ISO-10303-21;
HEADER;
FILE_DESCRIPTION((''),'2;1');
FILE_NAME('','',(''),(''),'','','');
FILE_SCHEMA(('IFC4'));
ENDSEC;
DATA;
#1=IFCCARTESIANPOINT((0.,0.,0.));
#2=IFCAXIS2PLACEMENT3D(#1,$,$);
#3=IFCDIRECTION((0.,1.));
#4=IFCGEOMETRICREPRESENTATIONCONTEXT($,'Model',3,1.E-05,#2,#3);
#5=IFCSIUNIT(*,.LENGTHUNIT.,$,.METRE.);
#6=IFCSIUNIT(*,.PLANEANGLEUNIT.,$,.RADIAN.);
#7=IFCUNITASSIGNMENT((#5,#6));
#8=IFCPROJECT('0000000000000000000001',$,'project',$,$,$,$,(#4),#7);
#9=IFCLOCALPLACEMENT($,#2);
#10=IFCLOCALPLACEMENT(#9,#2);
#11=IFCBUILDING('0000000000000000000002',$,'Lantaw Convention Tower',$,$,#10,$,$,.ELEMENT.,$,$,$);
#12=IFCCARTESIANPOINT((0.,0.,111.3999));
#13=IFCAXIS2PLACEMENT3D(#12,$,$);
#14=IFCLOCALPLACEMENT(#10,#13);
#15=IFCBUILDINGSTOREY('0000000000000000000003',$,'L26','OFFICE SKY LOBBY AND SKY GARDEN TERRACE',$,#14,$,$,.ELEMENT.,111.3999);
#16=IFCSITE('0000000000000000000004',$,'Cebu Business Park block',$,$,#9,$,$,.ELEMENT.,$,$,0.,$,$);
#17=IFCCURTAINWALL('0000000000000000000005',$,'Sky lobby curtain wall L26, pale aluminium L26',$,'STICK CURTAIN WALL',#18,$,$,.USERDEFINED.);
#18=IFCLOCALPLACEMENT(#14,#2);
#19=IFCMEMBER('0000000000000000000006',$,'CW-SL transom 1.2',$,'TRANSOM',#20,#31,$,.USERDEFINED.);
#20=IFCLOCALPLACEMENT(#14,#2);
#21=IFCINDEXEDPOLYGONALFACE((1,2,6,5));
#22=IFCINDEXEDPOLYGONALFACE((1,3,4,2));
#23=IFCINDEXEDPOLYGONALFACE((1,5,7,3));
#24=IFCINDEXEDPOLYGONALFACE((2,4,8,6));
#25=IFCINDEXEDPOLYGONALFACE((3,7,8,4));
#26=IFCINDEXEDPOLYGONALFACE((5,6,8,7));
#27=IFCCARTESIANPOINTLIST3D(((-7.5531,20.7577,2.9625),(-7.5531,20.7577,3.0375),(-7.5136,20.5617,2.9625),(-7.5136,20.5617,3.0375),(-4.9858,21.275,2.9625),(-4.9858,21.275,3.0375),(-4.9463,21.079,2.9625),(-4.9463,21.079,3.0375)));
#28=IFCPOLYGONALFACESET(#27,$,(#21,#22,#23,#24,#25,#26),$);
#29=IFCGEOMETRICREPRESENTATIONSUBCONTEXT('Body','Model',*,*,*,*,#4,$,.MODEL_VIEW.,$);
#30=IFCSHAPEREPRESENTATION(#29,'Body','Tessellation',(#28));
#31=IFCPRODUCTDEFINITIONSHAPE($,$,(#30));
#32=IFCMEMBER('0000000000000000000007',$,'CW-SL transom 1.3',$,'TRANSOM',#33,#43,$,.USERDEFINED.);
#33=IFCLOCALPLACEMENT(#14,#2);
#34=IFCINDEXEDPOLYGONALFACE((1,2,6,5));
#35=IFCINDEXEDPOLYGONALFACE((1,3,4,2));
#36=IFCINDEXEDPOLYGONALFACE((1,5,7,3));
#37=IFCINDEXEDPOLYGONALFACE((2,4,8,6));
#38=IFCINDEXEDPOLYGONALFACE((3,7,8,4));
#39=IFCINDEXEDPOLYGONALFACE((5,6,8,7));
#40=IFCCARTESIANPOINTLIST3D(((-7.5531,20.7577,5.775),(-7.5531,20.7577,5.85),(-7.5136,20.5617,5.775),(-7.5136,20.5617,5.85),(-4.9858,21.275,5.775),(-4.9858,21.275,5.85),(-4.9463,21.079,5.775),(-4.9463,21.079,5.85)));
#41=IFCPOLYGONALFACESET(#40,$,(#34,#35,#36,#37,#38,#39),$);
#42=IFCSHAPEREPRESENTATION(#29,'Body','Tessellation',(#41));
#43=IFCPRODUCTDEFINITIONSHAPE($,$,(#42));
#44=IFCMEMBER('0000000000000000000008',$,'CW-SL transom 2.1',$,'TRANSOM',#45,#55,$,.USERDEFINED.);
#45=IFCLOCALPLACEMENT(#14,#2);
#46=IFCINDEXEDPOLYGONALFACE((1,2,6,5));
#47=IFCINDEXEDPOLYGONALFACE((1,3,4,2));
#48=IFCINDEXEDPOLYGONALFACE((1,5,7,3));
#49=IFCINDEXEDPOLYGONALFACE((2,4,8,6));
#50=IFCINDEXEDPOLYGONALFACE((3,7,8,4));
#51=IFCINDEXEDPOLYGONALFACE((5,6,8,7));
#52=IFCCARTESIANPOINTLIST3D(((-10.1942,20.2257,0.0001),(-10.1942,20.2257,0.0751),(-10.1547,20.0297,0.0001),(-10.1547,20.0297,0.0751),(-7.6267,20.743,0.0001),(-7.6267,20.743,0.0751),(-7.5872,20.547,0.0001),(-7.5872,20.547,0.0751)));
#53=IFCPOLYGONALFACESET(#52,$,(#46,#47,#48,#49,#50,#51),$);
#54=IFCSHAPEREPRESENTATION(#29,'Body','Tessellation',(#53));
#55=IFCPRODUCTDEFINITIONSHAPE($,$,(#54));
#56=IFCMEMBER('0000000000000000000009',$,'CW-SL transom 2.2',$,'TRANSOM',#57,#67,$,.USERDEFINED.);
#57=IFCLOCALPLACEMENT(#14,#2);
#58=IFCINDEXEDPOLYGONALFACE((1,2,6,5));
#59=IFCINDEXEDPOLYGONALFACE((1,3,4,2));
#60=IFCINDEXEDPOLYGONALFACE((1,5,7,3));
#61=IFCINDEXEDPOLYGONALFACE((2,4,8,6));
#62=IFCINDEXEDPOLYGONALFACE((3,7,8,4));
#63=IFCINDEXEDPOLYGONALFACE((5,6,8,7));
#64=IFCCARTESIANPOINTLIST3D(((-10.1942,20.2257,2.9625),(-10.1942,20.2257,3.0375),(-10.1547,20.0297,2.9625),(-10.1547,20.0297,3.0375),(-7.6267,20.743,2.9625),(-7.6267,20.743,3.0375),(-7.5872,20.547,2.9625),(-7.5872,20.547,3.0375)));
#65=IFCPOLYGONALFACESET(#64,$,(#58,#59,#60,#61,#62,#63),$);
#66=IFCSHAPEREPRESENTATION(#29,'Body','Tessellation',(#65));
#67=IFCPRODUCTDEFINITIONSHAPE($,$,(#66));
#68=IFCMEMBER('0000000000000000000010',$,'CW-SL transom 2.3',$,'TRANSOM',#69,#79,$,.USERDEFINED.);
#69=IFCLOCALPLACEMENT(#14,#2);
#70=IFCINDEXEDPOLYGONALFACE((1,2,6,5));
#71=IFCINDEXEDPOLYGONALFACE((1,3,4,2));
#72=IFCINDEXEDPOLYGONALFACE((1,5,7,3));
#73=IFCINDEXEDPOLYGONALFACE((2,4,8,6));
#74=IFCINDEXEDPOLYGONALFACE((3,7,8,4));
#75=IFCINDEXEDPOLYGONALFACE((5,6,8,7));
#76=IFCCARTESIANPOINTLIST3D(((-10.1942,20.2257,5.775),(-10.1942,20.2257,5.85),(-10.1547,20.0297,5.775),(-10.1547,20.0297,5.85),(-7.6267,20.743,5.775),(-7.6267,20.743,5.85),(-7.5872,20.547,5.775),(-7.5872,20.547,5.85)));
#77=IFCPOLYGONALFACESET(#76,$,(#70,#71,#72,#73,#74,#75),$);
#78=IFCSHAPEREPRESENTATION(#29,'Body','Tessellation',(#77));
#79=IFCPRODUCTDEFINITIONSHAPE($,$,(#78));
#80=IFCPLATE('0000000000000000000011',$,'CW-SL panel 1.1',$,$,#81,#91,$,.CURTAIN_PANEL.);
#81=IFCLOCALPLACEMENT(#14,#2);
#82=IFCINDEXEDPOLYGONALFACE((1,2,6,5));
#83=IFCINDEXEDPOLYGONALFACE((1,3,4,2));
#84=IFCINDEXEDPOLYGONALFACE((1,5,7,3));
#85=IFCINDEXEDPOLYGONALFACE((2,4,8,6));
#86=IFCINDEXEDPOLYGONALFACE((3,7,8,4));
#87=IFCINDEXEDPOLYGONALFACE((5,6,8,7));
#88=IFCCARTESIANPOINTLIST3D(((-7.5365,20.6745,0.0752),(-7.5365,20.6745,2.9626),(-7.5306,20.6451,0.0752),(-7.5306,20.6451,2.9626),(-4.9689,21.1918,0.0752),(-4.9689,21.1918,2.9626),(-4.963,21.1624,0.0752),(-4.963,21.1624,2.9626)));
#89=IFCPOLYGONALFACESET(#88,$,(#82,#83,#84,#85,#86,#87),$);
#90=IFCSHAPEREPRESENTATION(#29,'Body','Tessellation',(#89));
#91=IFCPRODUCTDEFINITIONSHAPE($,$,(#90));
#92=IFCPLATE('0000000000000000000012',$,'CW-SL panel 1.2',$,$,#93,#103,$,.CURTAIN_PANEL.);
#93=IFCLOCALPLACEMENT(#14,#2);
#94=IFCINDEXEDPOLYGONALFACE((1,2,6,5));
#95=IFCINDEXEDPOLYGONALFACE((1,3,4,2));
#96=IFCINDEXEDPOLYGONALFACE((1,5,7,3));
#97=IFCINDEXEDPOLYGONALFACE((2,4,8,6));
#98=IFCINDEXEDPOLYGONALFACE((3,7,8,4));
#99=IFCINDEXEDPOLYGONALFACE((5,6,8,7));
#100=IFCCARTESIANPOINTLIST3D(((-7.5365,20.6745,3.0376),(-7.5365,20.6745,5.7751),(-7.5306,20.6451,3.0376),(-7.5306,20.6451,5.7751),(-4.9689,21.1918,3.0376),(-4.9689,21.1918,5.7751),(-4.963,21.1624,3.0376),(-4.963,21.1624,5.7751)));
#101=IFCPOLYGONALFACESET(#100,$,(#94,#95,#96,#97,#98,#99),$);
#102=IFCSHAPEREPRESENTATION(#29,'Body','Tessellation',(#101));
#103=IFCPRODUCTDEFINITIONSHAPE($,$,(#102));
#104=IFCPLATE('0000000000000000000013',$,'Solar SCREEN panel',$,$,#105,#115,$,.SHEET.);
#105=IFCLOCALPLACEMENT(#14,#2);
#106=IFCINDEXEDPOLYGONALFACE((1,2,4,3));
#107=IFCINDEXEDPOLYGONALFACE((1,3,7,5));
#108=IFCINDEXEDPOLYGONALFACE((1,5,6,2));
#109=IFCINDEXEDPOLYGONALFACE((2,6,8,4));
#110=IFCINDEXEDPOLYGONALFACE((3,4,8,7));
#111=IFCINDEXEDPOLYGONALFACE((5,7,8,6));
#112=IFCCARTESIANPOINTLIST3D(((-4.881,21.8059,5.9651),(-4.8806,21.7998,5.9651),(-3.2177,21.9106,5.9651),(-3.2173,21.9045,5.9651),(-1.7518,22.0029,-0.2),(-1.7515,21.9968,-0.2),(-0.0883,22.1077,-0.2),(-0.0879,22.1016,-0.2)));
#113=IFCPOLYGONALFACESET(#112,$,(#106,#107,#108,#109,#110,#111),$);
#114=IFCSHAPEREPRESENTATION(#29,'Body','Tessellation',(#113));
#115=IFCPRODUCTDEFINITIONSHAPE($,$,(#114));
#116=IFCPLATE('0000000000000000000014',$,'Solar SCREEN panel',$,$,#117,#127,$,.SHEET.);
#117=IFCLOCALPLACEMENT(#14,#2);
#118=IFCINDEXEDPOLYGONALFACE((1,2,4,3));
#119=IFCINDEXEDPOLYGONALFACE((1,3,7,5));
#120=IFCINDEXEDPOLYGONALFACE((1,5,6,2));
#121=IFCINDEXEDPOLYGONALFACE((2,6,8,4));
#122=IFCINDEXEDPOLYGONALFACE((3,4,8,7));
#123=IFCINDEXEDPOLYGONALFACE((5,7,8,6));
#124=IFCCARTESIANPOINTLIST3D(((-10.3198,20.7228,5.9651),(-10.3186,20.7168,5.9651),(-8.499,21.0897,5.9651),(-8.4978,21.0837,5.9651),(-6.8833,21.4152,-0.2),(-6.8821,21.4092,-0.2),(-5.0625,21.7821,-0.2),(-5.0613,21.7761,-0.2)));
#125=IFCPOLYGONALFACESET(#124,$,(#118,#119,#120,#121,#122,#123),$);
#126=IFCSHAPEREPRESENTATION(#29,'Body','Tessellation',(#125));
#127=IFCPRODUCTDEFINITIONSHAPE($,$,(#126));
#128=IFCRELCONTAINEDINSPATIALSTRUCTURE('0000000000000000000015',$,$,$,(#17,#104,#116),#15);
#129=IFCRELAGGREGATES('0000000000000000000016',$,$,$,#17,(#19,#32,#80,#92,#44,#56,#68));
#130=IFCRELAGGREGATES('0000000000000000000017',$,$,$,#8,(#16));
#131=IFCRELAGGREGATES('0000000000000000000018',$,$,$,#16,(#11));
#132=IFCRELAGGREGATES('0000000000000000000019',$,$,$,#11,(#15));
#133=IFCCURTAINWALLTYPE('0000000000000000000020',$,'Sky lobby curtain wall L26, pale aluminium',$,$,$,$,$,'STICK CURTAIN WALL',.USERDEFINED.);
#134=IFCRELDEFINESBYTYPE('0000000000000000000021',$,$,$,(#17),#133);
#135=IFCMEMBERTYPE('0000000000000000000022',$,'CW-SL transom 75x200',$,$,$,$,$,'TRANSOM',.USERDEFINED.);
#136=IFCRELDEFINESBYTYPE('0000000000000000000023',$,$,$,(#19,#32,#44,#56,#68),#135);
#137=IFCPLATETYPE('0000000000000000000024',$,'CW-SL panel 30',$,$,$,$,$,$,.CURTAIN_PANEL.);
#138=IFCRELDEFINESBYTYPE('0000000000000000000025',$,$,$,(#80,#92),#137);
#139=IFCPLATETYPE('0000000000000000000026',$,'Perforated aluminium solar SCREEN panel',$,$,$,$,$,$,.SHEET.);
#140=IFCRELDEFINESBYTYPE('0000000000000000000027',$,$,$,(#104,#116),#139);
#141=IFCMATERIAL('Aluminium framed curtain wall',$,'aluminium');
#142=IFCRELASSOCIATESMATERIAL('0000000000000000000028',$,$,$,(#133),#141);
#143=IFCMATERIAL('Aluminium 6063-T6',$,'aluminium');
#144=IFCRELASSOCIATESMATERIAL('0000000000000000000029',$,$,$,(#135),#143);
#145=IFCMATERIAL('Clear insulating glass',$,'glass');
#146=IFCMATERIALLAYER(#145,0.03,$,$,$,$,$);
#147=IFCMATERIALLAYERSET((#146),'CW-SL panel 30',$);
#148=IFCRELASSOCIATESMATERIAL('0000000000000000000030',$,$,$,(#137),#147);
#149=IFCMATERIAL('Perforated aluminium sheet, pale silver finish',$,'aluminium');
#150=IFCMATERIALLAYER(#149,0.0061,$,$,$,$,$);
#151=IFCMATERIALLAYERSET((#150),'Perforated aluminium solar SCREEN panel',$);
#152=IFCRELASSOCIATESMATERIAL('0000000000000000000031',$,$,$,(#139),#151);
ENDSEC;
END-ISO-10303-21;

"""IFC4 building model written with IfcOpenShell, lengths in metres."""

from ifc_helpers import new_model, si_unit, direction, frame, origin, origin_2d, place, context, subcontext, project, spatial, polyline, rectangle, outline, extrude, material, layer, layer_set, material_profile, profile_set, type_object, element, aggregate, save


model = new_model("IFC4")

# Units and contexts
model_context = context("Model", 3, precision=1e-05, world=origin(), true_north=direction((0.0, 1.0)))
body_context = subcontext(model_context, "Body", "Model", "MODEL_VIEW")
ifc_project = project(units=[si_unit("LENGTHUNIT", "METRE"), si_unit("PLANEANGLEUNIT", "RADIAN")], contexts=[model_context])

# Site, building, storey
site_placement = place(None, origin())
site = spatial("IfcSite", under=ifc_project, at=site_placement, Name="Cebu Business Park block", CompositionType="ELEMENT", RefElevation=0.0)
building_placement = place(site_placement, origin())
building = spatial("IfcBuilding", under=site, at=building_placement, Name="Lantaw Convention Tower", CompositionType="ELEMENT")
storey_placement = place(building_placement, frame((0.0, 0.0, 111.3999)))
storey = spatial("IfcBuildingStorey", under=building, at=storey_placement, Name="L26", Description="OFFICE SKY LOBBY AND SKY GARDEN TERRACE", CompositionType="ELEMENT", Elevation=111.3999)

# Curtain wall, members, plates
ifc_material_1 = material(Name="Aluminium framed curtain wall", Category="aluminium")
curtain_wall_type = type_object("IfcCurtainWallType", Name="Sky lobby curtain wall L26, pale aluminium", ElementType="STICK CURTAIN WALL", PredefinedType="USERDEFINED", material=ifc_material_1)
curtain_wall_placement = place(storey_placement, origin())
curtain_wall = element("IfcCurtainWall", 1, at=curtain_wall_placement, inside=storey, type_object=curtain_wall_type, Name="Sky lobby curtain wall L26, pale aluminium L26", ObjectType="STICK CURTAIN WALL", PredefinedType="USERDEFINED")
ifc_material_2 = material(Name="Aluminium 6063-T6", Category="aluminium")
ifc_material_profile_1 = material_profile(ifc_material_2, rectangle(XDim=0.2, YDim=0.075, at=origin_2d()), Name="CW-SL transom 75x200")
ifc_profile_set_1 = profile_set([ifc_material_profile_1], Name="Aluminium 6063-T6")
member_type_1 = type_object("IfcMemberType", Name="CW-SL transom 75x200", ElementType="TRANSOM", PredefinedType="USERDEFINED", material=ifc_profile_set_1)
member_1_placement = place(storey_placement, frame((-4.9661, 21.177, 3.0), z_axis=(-0.980296, -0.197532, 0.0), x_axis=(0.197532, -0.980296, 0.0)))
member_1 = element("IfcMember", 2, at=member_1_placement, type_object=member_type_1, Name="CW-SL transom 1.2", ObjectType="TRANSOM", PredefinedType="USERDEFINED", context=body_context, shape_type="SweptSolid", body=[
    extrude(rectangle(XDim=0.2, YDim=0.075, at=origin_2d()), origin(), (0.0, 0.0, 1.0), 2.6189),
])
member_2_placement = place(storey_placement, frame((-4.9661, 21.177, 5.8125), z_axis=(-0.980296, -0.197532, 0.0), x_axis=(0.197532, -0.980296, 0.0)))
member_2 = element("IfcMember", 3, at=member_2_placement, type_object=member_type_1, Name="CW-SL transom 1.3", ObjectType="TRANSOM", PredefinedType="USERDEFINED", context=body_context, shape_type="SweptSolid", body=[
    extrude(rectangle(XDim=0.2, YDim=0.075, at=origin_2d()), origin(), (0.0, 0.0, 1.0), 2.6189),
])
member_3_placement = place(storey_placement, frame((-7.6069, 20.645, 0.0376), z_axis=(-0.9803, -0.197514, 0.0), x_axis=(0.197514, -0.9803, 0.0)))
member_3 = element("IfcMember", 4, at=member_3_placement, type_object=member_type_1, Name="CW-SL transom 2.1", ObjectType="TRANSOM", PredefinedType="USERDEFINED", context=body_context, shape_type="SweptSolid", body=[
    extrude(rectangle(XDim=0.2, YDim=0.075, at=origin_2d()), origin(), (0.0, 0.0, 1.0), 2.6191),
])
member_4_placement = place(storey_placement, frame((-7.6069, 20.645, 3.0), z_axis=(-0.9803, -0.197514, 0.0), x_axis=(0.197514, -0.9803, 0.0)))
member_4 = element("IfcMember", 5, at=member_4_placement, type_object=member_type_1, Name="CW-SL transom 2.2", ObjectType="TRANSOM", PredefinedType="USERDEFINED", context=body_context, shape_type="SweptSolid", body=[
    extrude(rectangle(XDim=0.2, YDim=0.075, at=origin_2d()), origin(), (0.0, 0.0, 1.0), 2.6191),
])
member_5_placement = place(storey_placement, frame((-7.6069, 20.645, 5.8125), z_axis=(-0.9803, -0.197514, 0.0), x_axis=(0.197514, -0.9803, 0.0)))
member_5 = element("IfcMember", 6, at=member_5_placement, type_object=member_type_1, Name="CW-SL transom 2.3", ObjectType="TRANSOM", PredefinedType="USERDEFINED", context=body_context, shape_type="SweptSolid", body=[
    extrude(rectangle(XDim=0.2, YDim=0.075, at=origin_2d()), origin(), (0.0, 0.0, 1.0), 2.6191),
])
ifc_material_3 = material(Name="Clear insulating glass", Category="glass")
ifc_layer_1 = layer(ifc_material_3, 0.03)
ifc_layer_set_1 = layer_set([ifc_layer_1], Name="CW-SL panel 30")
plate_type_1 = type_object("IfcPlateType", Name="CW-SL panel 30", PredefinedType="CURTAIN_PANEL", material=ifc_layer_set_1)
plate_1_placement = place(storey_placement, frame((-6.2498, 20.9185, 0.0752), z_axis=(0.0, 0.0, 1.0), x_axis=(-0.980302, -0.197507, 0.0)))
plate_1 = element("IfcPlate", 7, at=plate_1_placement, type_object=plate_type_1, Name="CW-SL panel 1.1", PredefinedType="CURTAIN_PANEL", context=body_context, shape_type="SweptSolid", body=[
    extrude(rectangle(XDim=2.6191, YDim=0.03, at=origin_2d()), origin(), (0.0, 0.0, 1.0), 2.8875),
])
plate_2_placement = place(storey_placement, frame((-6.2498, 20.9185, 3.0376), z_axis=(0.0, 0.0, 1.0), x_axis=(-0.980302, -0.197507, 0.0)))
plate_2 = element("IfcPlate", 8, at=plate_2_placement, type_object=plate_type_1, Name="CW-SL panel 1.2", PredefinedType="CURTAIN_PANEL", context=body_context, shape_type="SweptSolid", body=[
    extrude(rectangle(XDim=2.6191, YDim=0.03, at=origin_2d()), origin(), (0.0, 0.0, 1.0), 2.7375),
])
aggregate(curtain_wall, [member_1, member_2, plate_1, plate_2, member_3, member_4, member_5])

# Plates
ifc_material_4 = material(Name="Perforated aluminium sheet, pale silver finish", Category="aluminium")
ifc_layer_2 = layer(ifc_material_4, 0.0061)
ifc_layer_set_2 = layer_set([ifc_layer_2], Name="Perforated aluminium solar SCREEN panel")
plate_type_2 = type_object("IfcPlateType", Name="Perforated aluminium solar SCREEN panel", PredefinedType="SHEET", material=ifc_layer_set_2)
plate_3_placement = place(storey_placement, frame((-0.0879, 22.1016, -0.2), z_axis=(0.062839, -0.998024, 0.000001), x_axis=(-0.998024, -0.062839, 0.0)))
element("IfcPlate", 9, at=plate_3_placement, inside=storey, type_object=plate_type_2, Name="Solar SCREEN panel", PredefinedType="SHEET", context=body_context, shape_type="SweptSolid", body=[
    extrude(outline(polyline([(0.0, 0.0), (1.6669, 0.0), (4.8022, -6.165), (3.1356, -6.165), (0.0, 0.0)])), origin(), (0.0, 0.0, -1.0), 0.0061),
])
plate_4_placement = place(storey_placement, frame((-5.0613, 21.7761, -0.2), z_axis=(0.197557, -0.980291, 0.000028), x_axis=(-0.980291, -0.197557, 0.0)))
element("IfcPlate", 10, at=plate_4_placement, inside=storey, type_object=plate_type_2, Name="Solar SCREEN panel", PredefinedType="SHEET", context=body_context, shape_type="SweptSolid", body=[
    extrude(outline(polyline([(0.0, 0.0), (1.8574, 0.0), (5.363, -6.165), (3.5056, -6.165), (0.0, 0.0)])), origin(), (0.0, 0.0, -1.0), 0.0061),
])

save(model, "model.ifc")
